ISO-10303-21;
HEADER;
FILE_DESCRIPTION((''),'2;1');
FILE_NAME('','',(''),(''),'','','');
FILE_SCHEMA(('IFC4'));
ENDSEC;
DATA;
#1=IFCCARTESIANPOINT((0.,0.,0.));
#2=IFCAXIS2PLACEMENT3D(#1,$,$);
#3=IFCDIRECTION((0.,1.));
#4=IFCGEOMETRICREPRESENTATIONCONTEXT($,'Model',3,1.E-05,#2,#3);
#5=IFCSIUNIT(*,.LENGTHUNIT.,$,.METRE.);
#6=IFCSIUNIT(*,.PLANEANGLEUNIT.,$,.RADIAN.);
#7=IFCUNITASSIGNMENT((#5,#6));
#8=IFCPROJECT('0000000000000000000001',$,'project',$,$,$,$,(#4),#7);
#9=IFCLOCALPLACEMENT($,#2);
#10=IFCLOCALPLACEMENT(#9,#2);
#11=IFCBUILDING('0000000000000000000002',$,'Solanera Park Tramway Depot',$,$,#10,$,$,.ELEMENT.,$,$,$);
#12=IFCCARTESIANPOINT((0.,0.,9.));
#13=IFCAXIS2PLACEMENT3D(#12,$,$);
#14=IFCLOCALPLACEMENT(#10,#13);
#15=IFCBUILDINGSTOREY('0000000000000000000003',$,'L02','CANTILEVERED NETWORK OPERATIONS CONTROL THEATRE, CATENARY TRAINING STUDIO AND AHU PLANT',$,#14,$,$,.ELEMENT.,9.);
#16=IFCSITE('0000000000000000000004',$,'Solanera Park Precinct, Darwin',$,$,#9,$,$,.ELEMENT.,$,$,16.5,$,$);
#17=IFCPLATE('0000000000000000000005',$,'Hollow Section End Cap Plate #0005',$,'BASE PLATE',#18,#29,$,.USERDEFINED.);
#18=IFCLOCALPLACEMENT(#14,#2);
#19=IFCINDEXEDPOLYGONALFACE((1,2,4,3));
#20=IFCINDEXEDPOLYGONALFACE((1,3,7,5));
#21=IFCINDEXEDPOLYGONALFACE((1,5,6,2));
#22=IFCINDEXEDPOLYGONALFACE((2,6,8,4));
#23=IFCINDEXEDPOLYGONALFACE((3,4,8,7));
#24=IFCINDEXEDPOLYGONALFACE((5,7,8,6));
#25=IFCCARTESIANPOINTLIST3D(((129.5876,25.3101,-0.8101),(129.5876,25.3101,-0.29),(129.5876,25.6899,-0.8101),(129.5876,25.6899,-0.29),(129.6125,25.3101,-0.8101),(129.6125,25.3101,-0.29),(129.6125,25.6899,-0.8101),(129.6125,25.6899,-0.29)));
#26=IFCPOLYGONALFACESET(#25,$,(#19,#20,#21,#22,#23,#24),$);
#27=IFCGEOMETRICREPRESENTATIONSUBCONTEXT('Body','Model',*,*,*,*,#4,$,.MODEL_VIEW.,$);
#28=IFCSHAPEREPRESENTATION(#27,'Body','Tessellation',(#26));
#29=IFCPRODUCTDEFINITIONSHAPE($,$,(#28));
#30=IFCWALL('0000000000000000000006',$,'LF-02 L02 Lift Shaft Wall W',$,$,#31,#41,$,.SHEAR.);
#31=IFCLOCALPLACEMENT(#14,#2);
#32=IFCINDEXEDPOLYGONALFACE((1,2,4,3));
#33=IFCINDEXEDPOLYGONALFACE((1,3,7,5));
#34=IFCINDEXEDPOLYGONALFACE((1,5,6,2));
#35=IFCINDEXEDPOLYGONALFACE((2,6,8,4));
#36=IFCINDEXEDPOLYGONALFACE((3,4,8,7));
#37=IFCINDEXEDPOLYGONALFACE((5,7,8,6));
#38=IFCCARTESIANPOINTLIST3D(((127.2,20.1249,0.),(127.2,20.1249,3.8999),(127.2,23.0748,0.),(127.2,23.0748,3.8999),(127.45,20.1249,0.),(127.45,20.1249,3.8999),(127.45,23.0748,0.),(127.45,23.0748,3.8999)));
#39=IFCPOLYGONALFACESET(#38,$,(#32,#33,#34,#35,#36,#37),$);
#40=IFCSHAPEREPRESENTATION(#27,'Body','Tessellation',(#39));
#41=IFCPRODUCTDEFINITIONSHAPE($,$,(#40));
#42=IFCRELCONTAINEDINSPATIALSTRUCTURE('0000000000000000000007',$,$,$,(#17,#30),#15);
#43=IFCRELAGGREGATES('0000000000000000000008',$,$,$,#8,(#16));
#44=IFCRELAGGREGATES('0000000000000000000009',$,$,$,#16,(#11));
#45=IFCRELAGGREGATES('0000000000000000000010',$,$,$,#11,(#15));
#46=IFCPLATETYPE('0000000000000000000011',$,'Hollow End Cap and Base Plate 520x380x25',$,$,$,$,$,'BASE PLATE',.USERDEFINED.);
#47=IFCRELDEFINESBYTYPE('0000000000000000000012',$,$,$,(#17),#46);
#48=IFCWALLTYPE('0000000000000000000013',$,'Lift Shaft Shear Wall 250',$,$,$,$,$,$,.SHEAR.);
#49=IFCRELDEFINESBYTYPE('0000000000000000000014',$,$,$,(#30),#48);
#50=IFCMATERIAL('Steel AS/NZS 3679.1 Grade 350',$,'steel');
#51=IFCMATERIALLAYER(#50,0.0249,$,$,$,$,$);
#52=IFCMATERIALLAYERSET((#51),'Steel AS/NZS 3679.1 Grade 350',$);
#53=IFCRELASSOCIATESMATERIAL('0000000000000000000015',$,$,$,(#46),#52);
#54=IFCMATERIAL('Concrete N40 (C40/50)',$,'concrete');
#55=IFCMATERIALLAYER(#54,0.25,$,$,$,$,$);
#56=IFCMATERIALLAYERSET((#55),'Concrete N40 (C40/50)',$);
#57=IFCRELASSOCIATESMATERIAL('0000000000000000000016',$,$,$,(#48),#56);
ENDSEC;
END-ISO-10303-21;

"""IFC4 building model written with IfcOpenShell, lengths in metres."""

from ifc_helpers import new_model, si_unit, direction, frame, frame_2d, origin, origin_2d, place, context, subcontext, project, spatial, rectangle, extrude, material, layer, layer_set, type_object, element, save


model = new_model("IFC4")

# Units and contexts
model_context = context("Model", 3, precision=1e-05, world=origin(), true_north=direction((0.0, 1.0)))
body_context = subcontext(model_context, "Body", "Model", "MODEL_VIEW")
ifc_project = project(units=[si_unit("LENGTHUNIT", "METRE"), si_unit("PLANEANGLEUNIT", "RADIAN")], contexts=[model_context])

# Site, building, storey
site_placement = place(None, origin())
site = spatial("IfcSite", under=ifc_project, at=site_placement, Name="Solanera Park Precinct, Darwin", CompositionType="ELEMENT", RefElevation=16.5)
building_placement = place(site_placement, origin())
building = spatial("IfcBuilding", under=site, at=building_placement, Name="Solanera Park Tramway Depot", CompositionType="ELEMENT")
storey_placement = place(building_placement, frame((0.0, 0.0, 9.0)))
storey = spatial("IfcBuildingStorey", under=building, at=storey_placement, Name="L02", Description="CANTILEVERED NETWORK OPERATIONS CONTROL THEATRE, CATENARY TRAINING STUDIO AND AHU PLANT", CompositionType="ELEMENT", Elevation=9.0)

# Plate
ifc_material_1 = material(Name="Steel AS/NZS 3679.1 Grade 350", Category="steel")
ifc_layer_1 = layer(ifc_material_1, 0.0249)
ifc_layer_set_1 = layer_set([ifc_layer_1], Name="Steel AS/NZS 3679.1 Grade 350")
plate_type_1 = type_object("IfcPlateType", Name="Hollow End Cap and Base Plate 520x380x25", ElementType="BASE PLATE", PredefinedType="USERDEFINED", material=ifc_layer_set_1)
plate_1_placement = place(storey_placement, frame((129.6001, 25.5, -0.8101), z_axis=(0.0, 0.0, 1.0), x_axis=(1.0, 0.0, 0.0)))
element("IfcPlate", 1, at=plate_1_placement, inside=storey, type_object=plate_type_1, Name="Hollow Section End Cap Plate #0005", ObjectType="BASE PLATE", PredefinedType="USERDEFINED", context=body_context, shape_type="SweptSolid", body=[
    extrude(rectangle(XDim=0.0249, YDim=0.3799, at=origin_2d()), origin(), (0.0, 0.0, 1.0), 0.52),
])

# Shared definitions
ifc_material_2 = material(Name="Concrete N40 (C40/50)", Category="concrete")
ifc_layer_2 = layer(ifc_material_2, 0.25)
ifc_layer_set_2 = layer_set([ifc_layer_2], Name="Concrete N40 (C40/50)")
wall_type = type_object("IfcWallType", Name="Lift Shaft Shear Wall 250", PredefinedType="SHEAR", material=ifc_layer_set_2)

# Wall
wall_1_placement = place(storey_placement, frame((127.325, 23.075, 0.0), z_axis=(0.0, 0.0, 1.0), x_axis=(0.0, -1.0, 0.0)))
element("IfcWall", 2, at=wall_1_placement, inside=storey, type_object=wall_type, Name="LF-02 L02 Lift Shaft Wall W", PredefinedType="SHEAR", context=body_context, shape_type="SweptSolid", body=[
    extrude(rectangle(XDim=2.95, YDim=0.25, at=frame_2d((1.4751, 0.0))), origin(), (0.0, 0.0, 1.0), 3.8999),
])

save(model, "model.ifc")
